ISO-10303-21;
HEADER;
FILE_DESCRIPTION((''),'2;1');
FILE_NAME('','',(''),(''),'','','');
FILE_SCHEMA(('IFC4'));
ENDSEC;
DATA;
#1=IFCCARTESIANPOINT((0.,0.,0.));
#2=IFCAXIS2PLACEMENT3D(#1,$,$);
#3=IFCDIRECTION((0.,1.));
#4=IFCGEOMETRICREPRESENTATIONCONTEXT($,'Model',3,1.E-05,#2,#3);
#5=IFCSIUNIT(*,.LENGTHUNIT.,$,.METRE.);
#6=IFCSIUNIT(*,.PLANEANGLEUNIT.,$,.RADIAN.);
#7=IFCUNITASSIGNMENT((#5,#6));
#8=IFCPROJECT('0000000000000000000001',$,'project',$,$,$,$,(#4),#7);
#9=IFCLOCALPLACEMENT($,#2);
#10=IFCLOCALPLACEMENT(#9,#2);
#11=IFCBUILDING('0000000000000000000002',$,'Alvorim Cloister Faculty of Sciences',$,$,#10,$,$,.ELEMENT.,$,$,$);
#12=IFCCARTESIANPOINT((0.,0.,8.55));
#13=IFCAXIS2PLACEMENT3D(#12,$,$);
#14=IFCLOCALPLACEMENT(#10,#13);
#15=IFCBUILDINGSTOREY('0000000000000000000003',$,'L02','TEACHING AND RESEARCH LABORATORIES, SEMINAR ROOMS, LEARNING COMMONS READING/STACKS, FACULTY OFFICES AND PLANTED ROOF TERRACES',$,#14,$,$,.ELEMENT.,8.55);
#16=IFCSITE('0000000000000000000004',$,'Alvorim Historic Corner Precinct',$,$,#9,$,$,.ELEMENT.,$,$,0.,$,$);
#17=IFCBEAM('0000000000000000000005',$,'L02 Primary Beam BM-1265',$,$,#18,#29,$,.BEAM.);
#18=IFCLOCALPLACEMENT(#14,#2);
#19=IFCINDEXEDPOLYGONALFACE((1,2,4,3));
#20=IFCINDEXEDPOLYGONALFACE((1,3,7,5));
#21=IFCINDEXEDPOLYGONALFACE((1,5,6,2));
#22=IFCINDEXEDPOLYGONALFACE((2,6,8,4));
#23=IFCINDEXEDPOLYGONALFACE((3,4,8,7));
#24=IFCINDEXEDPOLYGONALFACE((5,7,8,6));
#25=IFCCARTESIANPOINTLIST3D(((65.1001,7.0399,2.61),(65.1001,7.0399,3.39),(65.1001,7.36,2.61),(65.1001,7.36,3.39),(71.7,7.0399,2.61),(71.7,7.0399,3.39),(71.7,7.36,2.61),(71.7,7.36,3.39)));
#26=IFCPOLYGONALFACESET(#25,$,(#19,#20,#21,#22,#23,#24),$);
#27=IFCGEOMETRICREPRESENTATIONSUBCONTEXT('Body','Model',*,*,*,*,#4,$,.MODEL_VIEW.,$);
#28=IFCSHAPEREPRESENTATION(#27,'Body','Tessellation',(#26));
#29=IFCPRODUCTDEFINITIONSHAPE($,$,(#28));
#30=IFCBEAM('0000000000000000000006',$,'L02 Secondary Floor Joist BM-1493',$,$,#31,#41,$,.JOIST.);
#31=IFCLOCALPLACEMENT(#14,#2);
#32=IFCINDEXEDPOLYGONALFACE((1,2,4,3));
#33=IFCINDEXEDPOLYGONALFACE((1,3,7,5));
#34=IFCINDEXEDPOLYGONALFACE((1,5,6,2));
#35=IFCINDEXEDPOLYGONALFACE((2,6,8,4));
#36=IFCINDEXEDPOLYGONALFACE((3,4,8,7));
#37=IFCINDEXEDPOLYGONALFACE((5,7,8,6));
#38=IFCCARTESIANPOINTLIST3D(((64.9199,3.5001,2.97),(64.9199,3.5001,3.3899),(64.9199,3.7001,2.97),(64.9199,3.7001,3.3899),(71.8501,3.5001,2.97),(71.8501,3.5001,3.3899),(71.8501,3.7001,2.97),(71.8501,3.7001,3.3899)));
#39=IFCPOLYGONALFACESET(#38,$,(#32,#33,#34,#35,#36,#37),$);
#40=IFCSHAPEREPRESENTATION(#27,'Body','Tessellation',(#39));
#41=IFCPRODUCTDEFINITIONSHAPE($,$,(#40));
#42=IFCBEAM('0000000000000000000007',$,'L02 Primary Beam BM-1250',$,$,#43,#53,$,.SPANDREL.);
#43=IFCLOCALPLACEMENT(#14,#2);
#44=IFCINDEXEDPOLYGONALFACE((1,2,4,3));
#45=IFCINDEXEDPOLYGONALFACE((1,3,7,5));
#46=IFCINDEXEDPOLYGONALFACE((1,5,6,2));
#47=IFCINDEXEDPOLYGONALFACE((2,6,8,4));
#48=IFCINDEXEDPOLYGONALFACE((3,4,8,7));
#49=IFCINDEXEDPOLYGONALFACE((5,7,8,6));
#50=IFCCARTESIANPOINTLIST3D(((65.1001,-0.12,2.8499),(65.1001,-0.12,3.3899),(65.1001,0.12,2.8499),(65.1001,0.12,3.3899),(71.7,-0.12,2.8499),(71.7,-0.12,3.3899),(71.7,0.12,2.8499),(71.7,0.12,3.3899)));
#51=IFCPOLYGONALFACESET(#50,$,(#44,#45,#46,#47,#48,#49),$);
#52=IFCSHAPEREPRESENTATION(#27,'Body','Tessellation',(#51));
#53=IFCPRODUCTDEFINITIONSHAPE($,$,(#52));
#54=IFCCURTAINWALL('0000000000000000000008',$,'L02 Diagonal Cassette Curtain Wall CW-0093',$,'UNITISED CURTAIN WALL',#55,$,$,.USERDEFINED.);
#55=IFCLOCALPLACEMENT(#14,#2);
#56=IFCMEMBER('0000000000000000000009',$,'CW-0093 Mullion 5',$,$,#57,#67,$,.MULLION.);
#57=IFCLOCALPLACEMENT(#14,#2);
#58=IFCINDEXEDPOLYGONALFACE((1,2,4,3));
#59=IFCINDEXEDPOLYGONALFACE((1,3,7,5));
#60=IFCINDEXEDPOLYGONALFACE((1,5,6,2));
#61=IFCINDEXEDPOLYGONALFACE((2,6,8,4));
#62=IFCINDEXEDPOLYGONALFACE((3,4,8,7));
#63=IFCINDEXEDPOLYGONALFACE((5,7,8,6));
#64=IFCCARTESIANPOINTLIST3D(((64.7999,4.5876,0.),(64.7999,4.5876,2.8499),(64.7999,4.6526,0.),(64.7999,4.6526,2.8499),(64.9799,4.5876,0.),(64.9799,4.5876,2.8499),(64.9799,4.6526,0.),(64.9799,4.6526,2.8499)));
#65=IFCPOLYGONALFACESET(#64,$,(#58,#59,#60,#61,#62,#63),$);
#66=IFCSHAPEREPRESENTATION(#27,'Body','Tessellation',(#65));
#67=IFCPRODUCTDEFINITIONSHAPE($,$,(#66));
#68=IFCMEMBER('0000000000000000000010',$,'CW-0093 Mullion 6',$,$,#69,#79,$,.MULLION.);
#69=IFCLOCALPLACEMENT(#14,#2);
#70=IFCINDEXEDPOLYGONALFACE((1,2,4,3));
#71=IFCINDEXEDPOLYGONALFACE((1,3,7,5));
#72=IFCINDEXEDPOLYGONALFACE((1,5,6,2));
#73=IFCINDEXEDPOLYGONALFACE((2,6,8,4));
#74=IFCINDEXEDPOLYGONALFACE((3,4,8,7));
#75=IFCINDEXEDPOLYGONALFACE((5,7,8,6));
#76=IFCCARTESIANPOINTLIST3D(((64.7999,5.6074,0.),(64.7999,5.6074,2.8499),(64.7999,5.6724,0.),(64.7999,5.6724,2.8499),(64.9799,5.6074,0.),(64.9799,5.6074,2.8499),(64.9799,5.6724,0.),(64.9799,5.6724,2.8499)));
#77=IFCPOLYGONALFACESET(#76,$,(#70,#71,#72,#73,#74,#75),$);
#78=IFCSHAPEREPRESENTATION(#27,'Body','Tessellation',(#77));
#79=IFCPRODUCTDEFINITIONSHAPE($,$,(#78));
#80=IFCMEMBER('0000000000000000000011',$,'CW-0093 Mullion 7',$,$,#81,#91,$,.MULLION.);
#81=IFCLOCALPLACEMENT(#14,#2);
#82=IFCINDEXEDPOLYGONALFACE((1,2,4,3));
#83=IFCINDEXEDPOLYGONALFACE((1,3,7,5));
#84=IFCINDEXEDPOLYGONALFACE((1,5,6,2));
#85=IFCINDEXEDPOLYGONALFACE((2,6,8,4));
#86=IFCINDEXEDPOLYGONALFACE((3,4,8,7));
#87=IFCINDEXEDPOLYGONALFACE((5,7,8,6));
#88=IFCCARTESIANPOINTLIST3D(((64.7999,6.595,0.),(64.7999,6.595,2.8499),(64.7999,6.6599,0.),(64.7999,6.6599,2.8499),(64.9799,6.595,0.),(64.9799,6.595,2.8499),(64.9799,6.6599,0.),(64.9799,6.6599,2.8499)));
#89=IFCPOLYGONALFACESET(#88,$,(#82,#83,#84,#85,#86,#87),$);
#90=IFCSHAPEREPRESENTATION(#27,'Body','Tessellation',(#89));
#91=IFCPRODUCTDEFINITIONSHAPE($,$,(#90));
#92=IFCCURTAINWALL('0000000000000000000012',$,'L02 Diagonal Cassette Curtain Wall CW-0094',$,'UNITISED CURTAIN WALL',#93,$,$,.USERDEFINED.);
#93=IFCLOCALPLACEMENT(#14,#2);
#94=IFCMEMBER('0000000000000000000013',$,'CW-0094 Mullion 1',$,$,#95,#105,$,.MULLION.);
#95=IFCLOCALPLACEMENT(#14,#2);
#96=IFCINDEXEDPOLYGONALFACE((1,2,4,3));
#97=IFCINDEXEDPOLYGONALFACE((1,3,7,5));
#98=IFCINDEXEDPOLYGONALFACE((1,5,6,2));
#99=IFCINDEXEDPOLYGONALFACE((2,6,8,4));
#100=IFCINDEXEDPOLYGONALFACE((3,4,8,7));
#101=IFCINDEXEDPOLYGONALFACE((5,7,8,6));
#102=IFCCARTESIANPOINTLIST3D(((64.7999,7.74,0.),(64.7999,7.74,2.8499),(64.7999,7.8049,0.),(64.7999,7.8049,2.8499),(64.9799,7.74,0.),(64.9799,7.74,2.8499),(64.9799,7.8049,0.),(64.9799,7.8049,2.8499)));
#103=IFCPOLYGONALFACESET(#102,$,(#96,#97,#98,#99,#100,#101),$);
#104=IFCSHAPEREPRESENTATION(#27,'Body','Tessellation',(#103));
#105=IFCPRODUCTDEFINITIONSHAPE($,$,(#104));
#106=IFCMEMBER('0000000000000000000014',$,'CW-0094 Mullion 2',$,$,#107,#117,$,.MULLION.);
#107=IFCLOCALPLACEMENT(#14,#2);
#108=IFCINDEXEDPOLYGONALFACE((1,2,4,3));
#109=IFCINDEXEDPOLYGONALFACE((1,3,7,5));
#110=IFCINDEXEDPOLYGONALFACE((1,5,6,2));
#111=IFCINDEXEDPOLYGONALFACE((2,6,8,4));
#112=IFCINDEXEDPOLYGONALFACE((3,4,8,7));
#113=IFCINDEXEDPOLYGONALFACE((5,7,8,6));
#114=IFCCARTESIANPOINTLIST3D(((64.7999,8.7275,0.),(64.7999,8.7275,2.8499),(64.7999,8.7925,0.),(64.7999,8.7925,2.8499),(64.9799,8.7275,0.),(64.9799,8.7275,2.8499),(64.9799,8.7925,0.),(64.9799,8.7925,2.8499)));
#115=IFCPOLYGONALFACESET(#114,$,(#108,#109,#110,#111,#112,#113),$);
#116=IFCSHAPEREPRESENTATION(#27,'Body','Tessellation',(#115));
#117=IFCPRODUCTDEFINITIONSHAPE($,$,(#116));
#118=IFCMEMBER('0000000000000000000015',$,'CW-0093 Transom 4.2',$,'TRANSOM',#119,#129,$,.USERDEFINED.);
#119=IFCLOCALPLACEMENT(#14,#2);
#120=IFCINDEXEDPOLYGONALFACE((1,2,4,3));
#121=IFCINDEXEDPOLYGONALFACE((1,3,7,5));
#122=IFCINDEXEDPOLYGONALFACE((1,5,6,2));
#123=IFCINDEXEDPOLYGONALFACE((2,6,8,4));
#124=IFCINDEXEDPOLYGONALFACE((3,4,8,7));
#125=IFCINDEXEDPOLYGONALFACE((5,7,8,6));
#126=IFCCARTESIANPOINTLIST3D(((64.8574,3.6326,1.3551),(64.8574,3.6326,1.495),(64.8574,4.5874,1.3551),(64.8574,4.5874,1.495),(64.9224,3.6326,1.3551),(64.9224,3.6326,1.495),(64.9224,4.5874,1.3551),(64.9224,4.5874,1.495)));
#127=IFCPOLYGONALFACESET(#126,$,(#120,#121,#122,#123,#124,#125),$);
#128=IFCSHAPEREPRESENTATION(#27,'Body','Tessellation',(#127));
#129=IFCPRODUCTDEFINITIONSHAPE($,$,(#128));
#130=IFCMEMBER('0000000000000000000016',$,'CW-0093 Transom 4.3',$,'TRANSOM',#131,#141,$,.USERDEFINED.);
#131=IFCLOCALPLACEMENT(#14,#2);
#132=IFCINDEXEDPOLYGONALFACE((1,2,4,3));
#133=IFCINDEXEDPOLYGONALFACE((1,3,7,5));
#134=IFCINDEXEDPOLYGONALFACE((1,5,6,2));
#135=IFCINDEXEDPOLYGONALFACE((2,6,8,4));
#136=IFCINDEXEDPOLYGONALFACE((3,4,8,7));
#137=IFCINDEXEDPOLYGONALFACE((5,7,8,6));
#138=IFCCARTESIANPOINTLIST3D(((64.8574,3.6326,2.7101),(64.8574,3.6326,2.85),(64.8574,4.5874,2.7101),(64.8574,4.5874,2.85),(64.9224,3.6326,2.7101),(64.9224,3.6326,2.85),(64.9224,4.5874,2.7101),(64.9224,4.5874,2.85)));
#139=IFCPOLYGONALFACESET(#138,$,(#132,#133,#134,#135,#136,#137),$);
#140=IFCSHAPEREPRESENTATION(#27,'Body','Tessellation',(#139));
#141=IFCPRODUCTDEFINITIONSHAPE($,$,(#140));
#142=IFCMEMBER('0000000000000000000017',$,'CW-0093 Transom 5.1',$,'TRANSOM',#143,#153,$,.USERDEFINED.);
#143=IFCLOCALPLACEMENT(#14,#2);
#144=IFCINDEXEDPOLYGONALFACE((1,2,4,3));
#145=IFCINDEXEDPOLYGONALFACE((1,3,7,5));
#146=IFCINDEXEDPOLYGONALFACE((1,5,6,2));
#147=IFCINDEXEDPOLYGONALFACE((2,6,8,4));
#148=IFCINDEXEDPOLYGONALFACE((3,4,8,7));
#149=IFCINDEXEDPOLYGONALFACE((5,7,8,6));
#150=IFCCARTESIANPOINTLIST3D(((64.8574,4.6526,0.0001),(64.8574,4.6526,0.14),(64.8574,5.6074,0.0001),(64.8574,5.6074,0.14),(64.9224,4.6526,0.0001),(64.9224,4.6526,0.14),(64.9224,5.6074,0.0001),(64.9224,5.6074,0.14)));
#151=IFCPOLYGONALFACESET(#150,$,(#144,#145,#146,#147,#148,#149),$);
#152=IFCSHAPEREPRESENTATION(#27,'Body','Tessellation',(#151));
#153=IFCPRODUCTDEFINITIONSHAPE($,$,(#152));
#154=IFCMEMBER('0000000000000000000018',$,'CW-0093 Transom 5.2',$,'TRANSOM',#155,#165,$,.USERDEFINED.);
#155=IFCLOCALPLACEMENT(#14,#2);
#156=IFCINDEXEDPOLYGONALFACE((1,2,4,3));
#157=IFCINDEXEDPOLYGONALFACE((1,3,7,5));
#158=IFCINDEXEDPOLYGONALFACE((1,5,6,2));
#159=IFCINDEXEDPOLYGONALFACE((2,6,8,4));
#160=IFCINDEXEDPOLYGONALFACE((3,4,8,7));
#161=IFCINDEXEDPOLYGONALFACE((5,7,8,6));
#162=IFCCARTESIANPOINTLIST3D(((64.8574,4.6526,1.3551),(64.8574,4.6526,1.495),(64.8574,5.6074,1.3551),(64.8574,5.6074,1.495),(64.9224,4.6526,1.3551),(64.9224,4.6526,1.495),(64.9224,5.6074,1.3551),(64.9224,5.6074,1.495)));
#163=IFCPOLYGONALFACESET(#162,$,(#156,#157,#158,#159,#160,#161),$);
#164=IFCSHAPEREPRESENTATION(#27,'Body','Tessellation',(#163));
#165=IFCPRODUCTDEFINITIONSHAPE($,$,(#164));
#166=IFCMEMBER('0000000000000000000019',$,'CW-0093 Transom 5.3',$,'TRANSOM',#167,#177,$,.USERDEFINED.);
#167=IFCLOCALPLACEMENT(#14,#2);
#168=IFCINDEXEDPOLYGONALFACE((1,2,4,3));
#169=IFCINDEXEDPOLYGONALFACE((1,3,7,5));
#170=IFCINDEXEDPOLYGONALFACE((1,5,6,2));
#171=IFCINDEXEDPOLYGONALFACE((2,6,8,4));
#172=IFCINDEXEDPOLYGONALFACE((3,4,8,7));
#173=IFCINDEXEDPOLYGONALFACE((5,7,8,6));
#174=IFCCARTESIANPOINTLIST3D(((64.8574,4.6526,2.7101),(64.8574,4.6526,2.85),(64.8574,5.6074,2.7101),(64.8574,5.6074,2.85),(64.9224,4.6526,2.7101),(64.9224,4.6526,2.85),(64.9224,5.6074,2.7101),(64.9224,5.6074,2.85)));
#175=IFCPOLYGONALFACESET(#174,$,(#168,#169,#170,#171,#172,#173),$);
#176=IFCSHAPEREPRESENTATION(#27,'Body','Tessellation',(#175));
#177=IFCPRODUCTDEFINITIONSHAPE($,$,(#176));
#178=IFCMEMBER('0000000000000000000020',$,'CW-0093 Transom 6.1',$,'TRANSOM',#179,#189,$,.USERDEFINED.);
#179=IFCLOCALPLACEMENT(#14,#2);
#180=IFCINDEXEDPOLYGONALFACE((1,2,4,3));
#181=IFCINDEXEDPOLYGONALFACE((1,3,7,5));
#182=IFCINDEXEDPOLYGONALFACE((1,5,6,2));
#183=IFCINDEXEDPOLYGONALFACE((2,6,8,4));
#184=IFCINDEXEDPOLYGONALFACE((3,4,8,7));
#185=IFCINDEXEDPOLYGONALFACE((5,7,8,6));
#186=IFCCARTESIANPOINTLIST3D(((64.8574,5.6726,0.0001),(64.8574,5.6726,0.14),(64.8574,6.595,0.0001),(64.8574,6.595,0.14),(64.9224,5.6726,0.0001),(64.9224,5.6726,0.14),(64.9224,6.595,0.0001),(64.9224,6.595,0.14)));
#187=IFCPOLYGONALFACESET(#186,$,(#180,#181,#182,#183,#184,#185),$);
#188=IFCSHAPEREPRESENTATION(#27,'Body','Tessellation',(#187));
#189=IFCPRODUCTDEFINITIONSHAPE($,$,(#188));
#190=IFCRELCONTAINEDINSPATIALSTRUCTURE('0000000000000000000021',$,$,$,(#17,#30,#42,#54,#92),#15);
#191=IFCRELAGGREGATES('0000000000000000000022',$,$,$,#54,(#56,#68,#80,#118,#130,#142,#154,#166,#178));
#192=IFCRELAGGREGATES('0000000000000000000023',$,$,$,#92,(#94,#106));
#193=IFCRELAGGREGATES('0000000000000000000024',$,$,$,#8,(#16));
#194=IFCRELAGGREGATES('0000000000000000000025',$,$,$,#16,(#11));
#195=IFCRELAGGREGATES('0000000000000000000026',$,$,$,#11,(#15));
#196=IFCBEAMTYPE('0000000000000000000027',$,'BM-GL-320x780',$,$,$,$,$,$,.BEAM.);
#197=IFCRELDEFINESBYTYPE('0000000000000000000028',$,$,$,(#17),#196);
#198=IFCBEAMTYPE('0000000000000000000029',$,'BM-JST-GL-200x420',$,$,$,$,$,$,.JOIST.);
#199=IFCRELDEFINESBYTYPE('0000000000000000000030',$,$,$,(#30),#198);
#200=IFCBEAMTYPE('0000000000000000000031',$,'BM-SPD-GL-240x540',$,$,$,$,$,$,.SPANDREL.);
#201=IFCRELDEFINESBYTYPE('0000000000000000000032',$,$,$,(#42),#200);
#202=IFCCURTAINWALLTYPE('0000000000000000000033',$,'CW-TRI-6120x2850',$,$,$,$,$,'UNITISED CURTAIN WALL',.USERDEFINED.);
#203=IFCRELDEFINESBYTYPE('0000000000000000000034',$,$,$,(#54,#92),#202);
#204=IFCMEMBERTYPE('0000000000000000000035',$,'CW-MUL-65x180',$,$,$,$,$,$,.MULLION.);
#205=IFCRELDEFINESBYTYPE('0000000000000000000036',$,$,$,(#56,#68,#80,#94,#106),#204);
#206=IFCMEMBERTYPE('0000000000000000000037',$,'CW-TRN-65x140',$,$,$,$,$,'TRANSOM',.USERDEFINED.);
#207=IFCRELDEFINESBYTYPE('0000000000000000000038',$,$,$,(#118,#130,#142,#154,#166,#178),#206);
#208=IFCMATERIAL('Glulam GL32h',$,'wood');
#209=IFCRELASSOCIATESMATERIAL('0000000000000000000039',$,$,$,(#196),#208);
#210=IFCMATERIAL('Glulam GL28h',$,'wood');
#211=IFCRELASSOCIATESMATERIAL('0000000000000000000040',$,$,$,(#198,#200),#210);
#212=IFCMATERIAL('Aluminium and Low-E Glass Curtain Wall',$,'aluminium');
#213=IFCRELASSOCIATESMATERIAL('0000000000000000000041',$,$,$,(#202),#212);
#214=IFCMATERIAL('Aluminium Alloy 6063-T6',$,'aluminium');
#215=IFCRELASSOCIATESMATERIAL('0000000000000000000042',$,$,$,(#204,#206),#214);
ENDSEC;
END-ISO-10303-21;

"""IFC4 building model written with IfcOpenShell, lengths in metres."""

from ifc_helpers import new_model, si_unit, direction, frame, origin, origin_2d, place, context, subcontext, project, spatial, rectangle, extrude, material, material_profile, profile_set, type_object, element, aggregate, save


model = new_model("IFC4")

# Units and contexts
model_context = context("Model", 3, precision=1e-05, world=origin(), true_north=direction((0.0, 1.0)))
body_context = subcontext(model_context, "Body", "Model", "MODEL_VIEW")
ifc_project = project(units=[si_unit("LENGTHUNIT", "METRE"), si_unit("PLANEANGLEUNIT", "RADIAN")], contexts=[model_context])

# Site, building, storey
site_placement = place(None, origin())
site = spatial("IfcSite", under=ifc_project, at=site_placement, Name="Alvorim Historic Corner Precinct", CompositionType="ELEMENT", RefElevation=0.0)
building_placement = place(site_placement, origin())
building = spatial("IfcBuilding", under=site, at=building_placement, Name="Alvorim Cloister Faculty of Sciences", CompositionType="ELEMENT")
storey_placement = place(building_placement, frame((0.0, 0.0, 8.55)))
storey = spatial("IfcBuildingStorey", under=building, at=storey_placement, Name="L02", Description="TEACHING AND RESEARCH LABORATORIES, SEMINAR ROOMS, LEARNING COMMONS READING/STACKS, FACULTY OFFICES AND PLANTED ROOF TERRACES", CompositionType="ELEMENT", Elevation=8.55)

# Beams
ifc_material_1 = material(Name="Glulam GL32h", Category="wood")
ifc_material_profile_1 = material_profile(ifc_material_1, rectangle(XDim=0.3201, YDim=0.78, at=origin_2d()), Name="GL32-BM-320x780")
ifc_profile_set_1 = profile_set([ifc_material_profile_1], Name="Glulam GL32h")
beam_type_1 = type_object("IfcBeamType", Name="BM-GL-320x780", PredefinedType="BEAM", material=ifc_profile_set_1)
beam_1_placement = place(storey_placement, frame((65.1001, 7.2, 3.0), z_axis=(1.0, 0.0, 0.0), x_axis=(0.0, 1.0, 0.0)))
element("IfcBeam", 1, at=beam_1_placement, inside=storey, type_object=beam_type_1, Name="L02 Primary Beam BM-1265", PredefinedType="BEAM", context=body_context, shape_type="SweptSolid", body=[
    extrude(rectangle(XDim=0.3201, YDim=0.78, at=origin_2d()), origin(), (0.0, 0.0, 1.0), 6.5999),
])
ifc_material_2 = material(Name="Glulam GL28h", Category="wood")
ifc_material_profile_2 = material_profile(ifc_material_2, rectangle(XDim=0.2, YDim=0.4199, at=origin_2d()), Name="GL28-JST-200x420")
ifc_profile_set_2 = profile_set([ifc_material_profile_2], Name="Glulam GL28h")
beam_type_2 = type_object("IfcBeamType", Name="BM-JST-GL-200x420", PredefinedType="JOIST", material=ifc_profile_set_2)
beam_2_placement = place(storey_placement, frame((64.9199, 3.6001, 3.1799), z_axis=(1.0, 0.0, 0.0), x_axis=(0.0, 1.0, 0.0)))
element("IfcBeam", 2, at=beam_2_placement, inside=storey, type_object=beam_type_2, Name="L02 Secondary Floor Joist BM-1493", PredefinedType="JOIST", context=body_context, shape_type="SweptSolid", body=[
    extrude(rectangle(XDim=0.2, YDim=0.4199, at=origin_2d()), origin(), (0.0, 0.0, 1.0), 6.9302),
])
ifc_material_profile_3 = material_profile(ifc_material_2, rectangle(XDim=0.24, YDim=0.54, at=origin_2d()), Name="GL28-SPD-240x540")
ifc_profile_set_3 = profile_set([ifc_material_profile_3], Name="Glulam GL28h")
beam_type_3 = type_object("IfcBeamType", Name="BM-SPD-GL-240x540", PredefinedType="SPANDREL", material=ifc_profile_set_3)
beam_3_placement = place(storey_placement, frame((65.1001, 0.0, 3.1199), z_axis=(1.0, 0.0, 0.0), x_axis=(0.0, 1.0, 0.0)))
element("IfcBeam", 3, at=beam_3_placement, inside=storey, type_object=beam_type_3, Name="L02 Primary Beam BM-1250", PredefinedType="SPANDREL", context=body_context, shape_type="SweptSolid", body=[
    extrude(rectangle(XDim=0.24, YDim=0.54, at=origin_2d()), origin(), (0.0, 0.0, 1.0), 6.5999),
])

# Curtain walls, members
ifc_material_3 = material(Name="Aluminium and Low-E Glass Curtain Wall", Category="aluminium")
curtain_wall_type = type_object("IfcCurtainWallType", Name="CW-TRI-6120x2850", ElementType="UNITISED CURTAIN WALL", PredefinedType="USERDEFINED", material=ifc_material_3)
curtain_wall_1_placement = place(storey_placement, origin())
curtain_wall_1 = element("IfcCurtainWall", 4, at=curtain_wall_1_placement, inside=storey, type_object=curtain_wall_type, Name="L02 Diagonal Cassette Curtain Wall CW-0093", ObjectType="UNITISED CURTAIN WALL", PredefinedType="USERDEFINED")
ifc_material_4 = material(Name="Aluminium Alloy 6063-T6", Category="aluminium")
ifc_material_profile_4 = material_profile(ifc_material_4, rectangle(XDim=0.0649, YDim=0.1799, at=origin_2d()), Name="ALU-MUL-65x180")
ifc_profile_set_4 = profile_set([ifc_material_profile_4], Name="Aluminium Alloy 6063-T6")
member_type_1 = type_object("IfcMemberType", Name="CW-MUL-65x180", PredefinedType="MULLION", material=ifc_profile_set_4)
member_1_placement = place(storey_placement, frame((64.8899, 4.6201, 0.0), z_axis=(0.0, 0.0, 1.0), x_axis=(0.0, 1.0, 0.0)))
member_1 = element("IfcMember", 5, at=member_1_placement, type_object=member_type_1, Name="CW-0093 Mullion 5", PredefinedType="MULLION", context=body_context, shape_type="SweptSolid", body=[
    extrude(rectangle(XDim=0.0649, YDim=0.1799, at=origin_2d()), origin(), (0.0, 0.0, 1.0), 2.8499),
])
member_2_placement = place(storey_placement, frame((64.8899, 5.6399, 0.0), z_axis=(0.0, 0.0, 1.0), x_axis=(0.0, 1.0, 0.0)))
member_2 = element("IfcMember", 6, at=member_2_placement, type_object=member_type_1, Name="CW-0093 Mullion 6", PredefinedType="MULLION", context=body_context, shape_type="SweptSolid", body=[
    extrude(rectangle(XDim=0.0649, YDim=0.1799, at=origin_2d()), origin(), (0.0, 0.0, 1.0), 2.8499),
])
member_3_placement = place(storey_placement, frame((64.8899, 6.6274, 0.0), z_axis=(0.0, 0.0, 1.0), x_axis=(0.0, 1.0, 0.0)))
member_3 = element("IfcMember", 7, at=member_3_placement, type_object=member_type_1, Name="CW-0093 Mullion 7", PredefinedType="MULLION", context=body_context, shape_type="SweptSolid", body=[
    extrude(rectangle(XDim=0.0649, YDim=0.1799, at=origin_2d()), origin(), (0.0, 0.0, 1.0), 2.8499),
])
curtain_wall_2_placement = place(storey_placement, origin())
curtain_wall_2 = element("IfcCurtainWall", 8, at=curtain_wall_2_placement, inside=storey, type_object=curtain_wall_type, Name="L02 Diagonal Cassette Curtain Wall CW-0094", ObjectType="UNITISED CURTAIN WALL", PredefinedType="USERDEFINED")
member_4_placement = place(storey_placement, frame((64.8899, 7.7725, 0.0), z_axis=(0.0, 0.0, 1.0), x_axis=(0.0, 1.0, 0.0)))
member_4 = element("IfcMember", 9, at=member_4_placement, type_object=member_type_1, Name="CW-0094 Mullion 1", PredefinedType="MULLION", context=body_context, shape_type="SweptSolid", body=[
    extrude(rectangle(XDim=0.0649, YDim=0.1799, at=origin_2d()), origin(), (0.0, 0.0, 1.0), 2.8499),
])
member_5_placement = place(storey_placement, frame((64.8899, 8.76, 0.0), z_axis=(0.0, 0.0, 1.0), x_axis=(0.0, 1.0, 0.0)))
member_5 = element("IfcMember", 10, at=member_5_placement, type_object=member_type_1, Name="CW-0094 Mullion 2", PredefinedType="MULLION", context=body_context, shape_type="SweptSolid", body=[
    extrude(rectangle(XDim=0.0649, YDim=0.1799, at=origin_2d()), origin(), (0.0, 0.0, 1.0), 2.8499),
])

# Members
ifc_material_profile_5 = material_profile(ifc_material_4, rectangle(XDim=0.0649, YDim=0.1399, at=origin_2d()), Name="ALU-TRN-65x140")
ifc_profile_set_5 = profile_set([ifc_material_profile_5], Name="Aluminium Alloy 6063-T6")
member_type_2 = type_object("IfcMemberType", Name="CW-TRN-65x140", ElementType="TRANSOM", PredefinedType="USERDEFINED", material=ifc_profile_set_5)
member_6_placement = place(storey_placement, frame((64.8899, 3.6326, 1.425), z_axis=(0.0, 1.0, 0.0), x_axis=(-1.0, 0.0, 0.0)))
member_6 = element("IfcMember", 11, at=member_6_placement, type_object=member_type_2, Name="CW-0093 Transom 4.2", ObjectType="TRANSOM", PredefinedType="USERDEFINED", context=body_context, shape_type="SweptSolid", body=[
    extrude(rectangle(XDim=0.0649, YDim=0.1399, at=origin_2d()), origin(), (0.0, 0.0, 1.0), 0.9548),
])
member_7_placement = place(storey_placement, frame((64.8899, 3.6326, 2.78), z_axis=(0.0, 1.0, 0.0), x_axis=(-1.0, 0.0, 0.0)))
member_7 = element("IfcMember", 12, at=member_7_placement, type_object=member_type_2, Name="CW-0093 Transom 4.3", ObjectType="TRANSOM", PredefinedType="USERDEFINED", context=body_context, shape_type="SweptSolid", body=[
    extrude(rectangle(XDim=0.0649, YDim=0.1399, at=origin_2d()), origin(), (0.0, 0.0, 1.0), 0.9548),
])
member_8_placement = place(storey_placement, frame((64.8899, 4.6526, 0.0701), z_axis=(0.0, 1.0, 0.0), x_axis=(-1.0, 0.0, 0.0)))
member_8 = element("IfcMember", 13, at=member_8_placement, type_object=member_type_2, Name="CW-0093 Transom 5.1", ObjectType="TRANSOM", PredefinedType="USERDEFINED", context=body_context, shape_type="SweptSolid", body=[
    extrude(rectangle(XDim=0.0649, YDim=0.1399, at=origin_2d()), origin(), (0.0, 0.0, 1.0), 0.9548),
])
member_9_placement = place(storey_placement, frame((64.8899, 4.6526, 1.425), z_axis=(0.0, 1.0, 0.0), x_axis=(-1.0, 0.0, 0.0)))
member_9 = element("IfcMember", 14, at=member_9_placement, type_object=member_type_2, Name="CW-0093 Transom 5.2", ObjectType="TRANSOM", PredefinedType="USERDEFINED", context=body_context, shape_type="SweptSolid", body=[
    extrude(rectangle(XDim=0.0649, YDim=0.1399, at=origin_2d()), origin(), (0.0, 0.0, 1.0), 0.9548),
])
member_10_placement = place(storey_placement, frame((64.8899, 4.6526, 2.78), z_axis=(0.0, 1.0, 0.0), x_axis=(-1.0, 0.0, 0.0)))
member_10 = element("IfcMember", 15, at=member_10_placement, type_object=member_type_2, Name="CW-0093 Transom 5.3", ObjectType="TRANSOM", PredefinedType="USERDEFINED", context=body_context, shape_type="SweptSolid", body=[
    extrude(rectangle(XDim=0.0649, YDim=0.1399, at=origin_2d()), origin(), (0.0, 0.0, 1.0), 0.9548),
])
member_11_placement = place(storey_placement, frame((64.8899, 5.6726, 0.0701), z_axis=(0.0, 1.0, 0.0), x_axis=(-1.0, 0.0, 0.0)))
member_11 = element("IfcMember", 16, at=member_11_placement, type_object=member_type_2, Name="CW-0093 Transom 6.1", ObjectType="TRANSOM", PredefinedType="USERDEFINED", context=body_context, shape_type="SweptSolid", body=[
    extrude(rectangle(XDim=0.0649, YDim=0.1399, at=origin_2d()), origin(), (0.0, 0.0, 1.0), 0.9224),
])
aggregate(curtain_wall_1, [member_1, member_2, member_3, member_6, member_7, member_8, member_9, member_10, member_11])
aggregate(curtain_wall_2, [member_4, member_5])

save(model, "model.ifc")
